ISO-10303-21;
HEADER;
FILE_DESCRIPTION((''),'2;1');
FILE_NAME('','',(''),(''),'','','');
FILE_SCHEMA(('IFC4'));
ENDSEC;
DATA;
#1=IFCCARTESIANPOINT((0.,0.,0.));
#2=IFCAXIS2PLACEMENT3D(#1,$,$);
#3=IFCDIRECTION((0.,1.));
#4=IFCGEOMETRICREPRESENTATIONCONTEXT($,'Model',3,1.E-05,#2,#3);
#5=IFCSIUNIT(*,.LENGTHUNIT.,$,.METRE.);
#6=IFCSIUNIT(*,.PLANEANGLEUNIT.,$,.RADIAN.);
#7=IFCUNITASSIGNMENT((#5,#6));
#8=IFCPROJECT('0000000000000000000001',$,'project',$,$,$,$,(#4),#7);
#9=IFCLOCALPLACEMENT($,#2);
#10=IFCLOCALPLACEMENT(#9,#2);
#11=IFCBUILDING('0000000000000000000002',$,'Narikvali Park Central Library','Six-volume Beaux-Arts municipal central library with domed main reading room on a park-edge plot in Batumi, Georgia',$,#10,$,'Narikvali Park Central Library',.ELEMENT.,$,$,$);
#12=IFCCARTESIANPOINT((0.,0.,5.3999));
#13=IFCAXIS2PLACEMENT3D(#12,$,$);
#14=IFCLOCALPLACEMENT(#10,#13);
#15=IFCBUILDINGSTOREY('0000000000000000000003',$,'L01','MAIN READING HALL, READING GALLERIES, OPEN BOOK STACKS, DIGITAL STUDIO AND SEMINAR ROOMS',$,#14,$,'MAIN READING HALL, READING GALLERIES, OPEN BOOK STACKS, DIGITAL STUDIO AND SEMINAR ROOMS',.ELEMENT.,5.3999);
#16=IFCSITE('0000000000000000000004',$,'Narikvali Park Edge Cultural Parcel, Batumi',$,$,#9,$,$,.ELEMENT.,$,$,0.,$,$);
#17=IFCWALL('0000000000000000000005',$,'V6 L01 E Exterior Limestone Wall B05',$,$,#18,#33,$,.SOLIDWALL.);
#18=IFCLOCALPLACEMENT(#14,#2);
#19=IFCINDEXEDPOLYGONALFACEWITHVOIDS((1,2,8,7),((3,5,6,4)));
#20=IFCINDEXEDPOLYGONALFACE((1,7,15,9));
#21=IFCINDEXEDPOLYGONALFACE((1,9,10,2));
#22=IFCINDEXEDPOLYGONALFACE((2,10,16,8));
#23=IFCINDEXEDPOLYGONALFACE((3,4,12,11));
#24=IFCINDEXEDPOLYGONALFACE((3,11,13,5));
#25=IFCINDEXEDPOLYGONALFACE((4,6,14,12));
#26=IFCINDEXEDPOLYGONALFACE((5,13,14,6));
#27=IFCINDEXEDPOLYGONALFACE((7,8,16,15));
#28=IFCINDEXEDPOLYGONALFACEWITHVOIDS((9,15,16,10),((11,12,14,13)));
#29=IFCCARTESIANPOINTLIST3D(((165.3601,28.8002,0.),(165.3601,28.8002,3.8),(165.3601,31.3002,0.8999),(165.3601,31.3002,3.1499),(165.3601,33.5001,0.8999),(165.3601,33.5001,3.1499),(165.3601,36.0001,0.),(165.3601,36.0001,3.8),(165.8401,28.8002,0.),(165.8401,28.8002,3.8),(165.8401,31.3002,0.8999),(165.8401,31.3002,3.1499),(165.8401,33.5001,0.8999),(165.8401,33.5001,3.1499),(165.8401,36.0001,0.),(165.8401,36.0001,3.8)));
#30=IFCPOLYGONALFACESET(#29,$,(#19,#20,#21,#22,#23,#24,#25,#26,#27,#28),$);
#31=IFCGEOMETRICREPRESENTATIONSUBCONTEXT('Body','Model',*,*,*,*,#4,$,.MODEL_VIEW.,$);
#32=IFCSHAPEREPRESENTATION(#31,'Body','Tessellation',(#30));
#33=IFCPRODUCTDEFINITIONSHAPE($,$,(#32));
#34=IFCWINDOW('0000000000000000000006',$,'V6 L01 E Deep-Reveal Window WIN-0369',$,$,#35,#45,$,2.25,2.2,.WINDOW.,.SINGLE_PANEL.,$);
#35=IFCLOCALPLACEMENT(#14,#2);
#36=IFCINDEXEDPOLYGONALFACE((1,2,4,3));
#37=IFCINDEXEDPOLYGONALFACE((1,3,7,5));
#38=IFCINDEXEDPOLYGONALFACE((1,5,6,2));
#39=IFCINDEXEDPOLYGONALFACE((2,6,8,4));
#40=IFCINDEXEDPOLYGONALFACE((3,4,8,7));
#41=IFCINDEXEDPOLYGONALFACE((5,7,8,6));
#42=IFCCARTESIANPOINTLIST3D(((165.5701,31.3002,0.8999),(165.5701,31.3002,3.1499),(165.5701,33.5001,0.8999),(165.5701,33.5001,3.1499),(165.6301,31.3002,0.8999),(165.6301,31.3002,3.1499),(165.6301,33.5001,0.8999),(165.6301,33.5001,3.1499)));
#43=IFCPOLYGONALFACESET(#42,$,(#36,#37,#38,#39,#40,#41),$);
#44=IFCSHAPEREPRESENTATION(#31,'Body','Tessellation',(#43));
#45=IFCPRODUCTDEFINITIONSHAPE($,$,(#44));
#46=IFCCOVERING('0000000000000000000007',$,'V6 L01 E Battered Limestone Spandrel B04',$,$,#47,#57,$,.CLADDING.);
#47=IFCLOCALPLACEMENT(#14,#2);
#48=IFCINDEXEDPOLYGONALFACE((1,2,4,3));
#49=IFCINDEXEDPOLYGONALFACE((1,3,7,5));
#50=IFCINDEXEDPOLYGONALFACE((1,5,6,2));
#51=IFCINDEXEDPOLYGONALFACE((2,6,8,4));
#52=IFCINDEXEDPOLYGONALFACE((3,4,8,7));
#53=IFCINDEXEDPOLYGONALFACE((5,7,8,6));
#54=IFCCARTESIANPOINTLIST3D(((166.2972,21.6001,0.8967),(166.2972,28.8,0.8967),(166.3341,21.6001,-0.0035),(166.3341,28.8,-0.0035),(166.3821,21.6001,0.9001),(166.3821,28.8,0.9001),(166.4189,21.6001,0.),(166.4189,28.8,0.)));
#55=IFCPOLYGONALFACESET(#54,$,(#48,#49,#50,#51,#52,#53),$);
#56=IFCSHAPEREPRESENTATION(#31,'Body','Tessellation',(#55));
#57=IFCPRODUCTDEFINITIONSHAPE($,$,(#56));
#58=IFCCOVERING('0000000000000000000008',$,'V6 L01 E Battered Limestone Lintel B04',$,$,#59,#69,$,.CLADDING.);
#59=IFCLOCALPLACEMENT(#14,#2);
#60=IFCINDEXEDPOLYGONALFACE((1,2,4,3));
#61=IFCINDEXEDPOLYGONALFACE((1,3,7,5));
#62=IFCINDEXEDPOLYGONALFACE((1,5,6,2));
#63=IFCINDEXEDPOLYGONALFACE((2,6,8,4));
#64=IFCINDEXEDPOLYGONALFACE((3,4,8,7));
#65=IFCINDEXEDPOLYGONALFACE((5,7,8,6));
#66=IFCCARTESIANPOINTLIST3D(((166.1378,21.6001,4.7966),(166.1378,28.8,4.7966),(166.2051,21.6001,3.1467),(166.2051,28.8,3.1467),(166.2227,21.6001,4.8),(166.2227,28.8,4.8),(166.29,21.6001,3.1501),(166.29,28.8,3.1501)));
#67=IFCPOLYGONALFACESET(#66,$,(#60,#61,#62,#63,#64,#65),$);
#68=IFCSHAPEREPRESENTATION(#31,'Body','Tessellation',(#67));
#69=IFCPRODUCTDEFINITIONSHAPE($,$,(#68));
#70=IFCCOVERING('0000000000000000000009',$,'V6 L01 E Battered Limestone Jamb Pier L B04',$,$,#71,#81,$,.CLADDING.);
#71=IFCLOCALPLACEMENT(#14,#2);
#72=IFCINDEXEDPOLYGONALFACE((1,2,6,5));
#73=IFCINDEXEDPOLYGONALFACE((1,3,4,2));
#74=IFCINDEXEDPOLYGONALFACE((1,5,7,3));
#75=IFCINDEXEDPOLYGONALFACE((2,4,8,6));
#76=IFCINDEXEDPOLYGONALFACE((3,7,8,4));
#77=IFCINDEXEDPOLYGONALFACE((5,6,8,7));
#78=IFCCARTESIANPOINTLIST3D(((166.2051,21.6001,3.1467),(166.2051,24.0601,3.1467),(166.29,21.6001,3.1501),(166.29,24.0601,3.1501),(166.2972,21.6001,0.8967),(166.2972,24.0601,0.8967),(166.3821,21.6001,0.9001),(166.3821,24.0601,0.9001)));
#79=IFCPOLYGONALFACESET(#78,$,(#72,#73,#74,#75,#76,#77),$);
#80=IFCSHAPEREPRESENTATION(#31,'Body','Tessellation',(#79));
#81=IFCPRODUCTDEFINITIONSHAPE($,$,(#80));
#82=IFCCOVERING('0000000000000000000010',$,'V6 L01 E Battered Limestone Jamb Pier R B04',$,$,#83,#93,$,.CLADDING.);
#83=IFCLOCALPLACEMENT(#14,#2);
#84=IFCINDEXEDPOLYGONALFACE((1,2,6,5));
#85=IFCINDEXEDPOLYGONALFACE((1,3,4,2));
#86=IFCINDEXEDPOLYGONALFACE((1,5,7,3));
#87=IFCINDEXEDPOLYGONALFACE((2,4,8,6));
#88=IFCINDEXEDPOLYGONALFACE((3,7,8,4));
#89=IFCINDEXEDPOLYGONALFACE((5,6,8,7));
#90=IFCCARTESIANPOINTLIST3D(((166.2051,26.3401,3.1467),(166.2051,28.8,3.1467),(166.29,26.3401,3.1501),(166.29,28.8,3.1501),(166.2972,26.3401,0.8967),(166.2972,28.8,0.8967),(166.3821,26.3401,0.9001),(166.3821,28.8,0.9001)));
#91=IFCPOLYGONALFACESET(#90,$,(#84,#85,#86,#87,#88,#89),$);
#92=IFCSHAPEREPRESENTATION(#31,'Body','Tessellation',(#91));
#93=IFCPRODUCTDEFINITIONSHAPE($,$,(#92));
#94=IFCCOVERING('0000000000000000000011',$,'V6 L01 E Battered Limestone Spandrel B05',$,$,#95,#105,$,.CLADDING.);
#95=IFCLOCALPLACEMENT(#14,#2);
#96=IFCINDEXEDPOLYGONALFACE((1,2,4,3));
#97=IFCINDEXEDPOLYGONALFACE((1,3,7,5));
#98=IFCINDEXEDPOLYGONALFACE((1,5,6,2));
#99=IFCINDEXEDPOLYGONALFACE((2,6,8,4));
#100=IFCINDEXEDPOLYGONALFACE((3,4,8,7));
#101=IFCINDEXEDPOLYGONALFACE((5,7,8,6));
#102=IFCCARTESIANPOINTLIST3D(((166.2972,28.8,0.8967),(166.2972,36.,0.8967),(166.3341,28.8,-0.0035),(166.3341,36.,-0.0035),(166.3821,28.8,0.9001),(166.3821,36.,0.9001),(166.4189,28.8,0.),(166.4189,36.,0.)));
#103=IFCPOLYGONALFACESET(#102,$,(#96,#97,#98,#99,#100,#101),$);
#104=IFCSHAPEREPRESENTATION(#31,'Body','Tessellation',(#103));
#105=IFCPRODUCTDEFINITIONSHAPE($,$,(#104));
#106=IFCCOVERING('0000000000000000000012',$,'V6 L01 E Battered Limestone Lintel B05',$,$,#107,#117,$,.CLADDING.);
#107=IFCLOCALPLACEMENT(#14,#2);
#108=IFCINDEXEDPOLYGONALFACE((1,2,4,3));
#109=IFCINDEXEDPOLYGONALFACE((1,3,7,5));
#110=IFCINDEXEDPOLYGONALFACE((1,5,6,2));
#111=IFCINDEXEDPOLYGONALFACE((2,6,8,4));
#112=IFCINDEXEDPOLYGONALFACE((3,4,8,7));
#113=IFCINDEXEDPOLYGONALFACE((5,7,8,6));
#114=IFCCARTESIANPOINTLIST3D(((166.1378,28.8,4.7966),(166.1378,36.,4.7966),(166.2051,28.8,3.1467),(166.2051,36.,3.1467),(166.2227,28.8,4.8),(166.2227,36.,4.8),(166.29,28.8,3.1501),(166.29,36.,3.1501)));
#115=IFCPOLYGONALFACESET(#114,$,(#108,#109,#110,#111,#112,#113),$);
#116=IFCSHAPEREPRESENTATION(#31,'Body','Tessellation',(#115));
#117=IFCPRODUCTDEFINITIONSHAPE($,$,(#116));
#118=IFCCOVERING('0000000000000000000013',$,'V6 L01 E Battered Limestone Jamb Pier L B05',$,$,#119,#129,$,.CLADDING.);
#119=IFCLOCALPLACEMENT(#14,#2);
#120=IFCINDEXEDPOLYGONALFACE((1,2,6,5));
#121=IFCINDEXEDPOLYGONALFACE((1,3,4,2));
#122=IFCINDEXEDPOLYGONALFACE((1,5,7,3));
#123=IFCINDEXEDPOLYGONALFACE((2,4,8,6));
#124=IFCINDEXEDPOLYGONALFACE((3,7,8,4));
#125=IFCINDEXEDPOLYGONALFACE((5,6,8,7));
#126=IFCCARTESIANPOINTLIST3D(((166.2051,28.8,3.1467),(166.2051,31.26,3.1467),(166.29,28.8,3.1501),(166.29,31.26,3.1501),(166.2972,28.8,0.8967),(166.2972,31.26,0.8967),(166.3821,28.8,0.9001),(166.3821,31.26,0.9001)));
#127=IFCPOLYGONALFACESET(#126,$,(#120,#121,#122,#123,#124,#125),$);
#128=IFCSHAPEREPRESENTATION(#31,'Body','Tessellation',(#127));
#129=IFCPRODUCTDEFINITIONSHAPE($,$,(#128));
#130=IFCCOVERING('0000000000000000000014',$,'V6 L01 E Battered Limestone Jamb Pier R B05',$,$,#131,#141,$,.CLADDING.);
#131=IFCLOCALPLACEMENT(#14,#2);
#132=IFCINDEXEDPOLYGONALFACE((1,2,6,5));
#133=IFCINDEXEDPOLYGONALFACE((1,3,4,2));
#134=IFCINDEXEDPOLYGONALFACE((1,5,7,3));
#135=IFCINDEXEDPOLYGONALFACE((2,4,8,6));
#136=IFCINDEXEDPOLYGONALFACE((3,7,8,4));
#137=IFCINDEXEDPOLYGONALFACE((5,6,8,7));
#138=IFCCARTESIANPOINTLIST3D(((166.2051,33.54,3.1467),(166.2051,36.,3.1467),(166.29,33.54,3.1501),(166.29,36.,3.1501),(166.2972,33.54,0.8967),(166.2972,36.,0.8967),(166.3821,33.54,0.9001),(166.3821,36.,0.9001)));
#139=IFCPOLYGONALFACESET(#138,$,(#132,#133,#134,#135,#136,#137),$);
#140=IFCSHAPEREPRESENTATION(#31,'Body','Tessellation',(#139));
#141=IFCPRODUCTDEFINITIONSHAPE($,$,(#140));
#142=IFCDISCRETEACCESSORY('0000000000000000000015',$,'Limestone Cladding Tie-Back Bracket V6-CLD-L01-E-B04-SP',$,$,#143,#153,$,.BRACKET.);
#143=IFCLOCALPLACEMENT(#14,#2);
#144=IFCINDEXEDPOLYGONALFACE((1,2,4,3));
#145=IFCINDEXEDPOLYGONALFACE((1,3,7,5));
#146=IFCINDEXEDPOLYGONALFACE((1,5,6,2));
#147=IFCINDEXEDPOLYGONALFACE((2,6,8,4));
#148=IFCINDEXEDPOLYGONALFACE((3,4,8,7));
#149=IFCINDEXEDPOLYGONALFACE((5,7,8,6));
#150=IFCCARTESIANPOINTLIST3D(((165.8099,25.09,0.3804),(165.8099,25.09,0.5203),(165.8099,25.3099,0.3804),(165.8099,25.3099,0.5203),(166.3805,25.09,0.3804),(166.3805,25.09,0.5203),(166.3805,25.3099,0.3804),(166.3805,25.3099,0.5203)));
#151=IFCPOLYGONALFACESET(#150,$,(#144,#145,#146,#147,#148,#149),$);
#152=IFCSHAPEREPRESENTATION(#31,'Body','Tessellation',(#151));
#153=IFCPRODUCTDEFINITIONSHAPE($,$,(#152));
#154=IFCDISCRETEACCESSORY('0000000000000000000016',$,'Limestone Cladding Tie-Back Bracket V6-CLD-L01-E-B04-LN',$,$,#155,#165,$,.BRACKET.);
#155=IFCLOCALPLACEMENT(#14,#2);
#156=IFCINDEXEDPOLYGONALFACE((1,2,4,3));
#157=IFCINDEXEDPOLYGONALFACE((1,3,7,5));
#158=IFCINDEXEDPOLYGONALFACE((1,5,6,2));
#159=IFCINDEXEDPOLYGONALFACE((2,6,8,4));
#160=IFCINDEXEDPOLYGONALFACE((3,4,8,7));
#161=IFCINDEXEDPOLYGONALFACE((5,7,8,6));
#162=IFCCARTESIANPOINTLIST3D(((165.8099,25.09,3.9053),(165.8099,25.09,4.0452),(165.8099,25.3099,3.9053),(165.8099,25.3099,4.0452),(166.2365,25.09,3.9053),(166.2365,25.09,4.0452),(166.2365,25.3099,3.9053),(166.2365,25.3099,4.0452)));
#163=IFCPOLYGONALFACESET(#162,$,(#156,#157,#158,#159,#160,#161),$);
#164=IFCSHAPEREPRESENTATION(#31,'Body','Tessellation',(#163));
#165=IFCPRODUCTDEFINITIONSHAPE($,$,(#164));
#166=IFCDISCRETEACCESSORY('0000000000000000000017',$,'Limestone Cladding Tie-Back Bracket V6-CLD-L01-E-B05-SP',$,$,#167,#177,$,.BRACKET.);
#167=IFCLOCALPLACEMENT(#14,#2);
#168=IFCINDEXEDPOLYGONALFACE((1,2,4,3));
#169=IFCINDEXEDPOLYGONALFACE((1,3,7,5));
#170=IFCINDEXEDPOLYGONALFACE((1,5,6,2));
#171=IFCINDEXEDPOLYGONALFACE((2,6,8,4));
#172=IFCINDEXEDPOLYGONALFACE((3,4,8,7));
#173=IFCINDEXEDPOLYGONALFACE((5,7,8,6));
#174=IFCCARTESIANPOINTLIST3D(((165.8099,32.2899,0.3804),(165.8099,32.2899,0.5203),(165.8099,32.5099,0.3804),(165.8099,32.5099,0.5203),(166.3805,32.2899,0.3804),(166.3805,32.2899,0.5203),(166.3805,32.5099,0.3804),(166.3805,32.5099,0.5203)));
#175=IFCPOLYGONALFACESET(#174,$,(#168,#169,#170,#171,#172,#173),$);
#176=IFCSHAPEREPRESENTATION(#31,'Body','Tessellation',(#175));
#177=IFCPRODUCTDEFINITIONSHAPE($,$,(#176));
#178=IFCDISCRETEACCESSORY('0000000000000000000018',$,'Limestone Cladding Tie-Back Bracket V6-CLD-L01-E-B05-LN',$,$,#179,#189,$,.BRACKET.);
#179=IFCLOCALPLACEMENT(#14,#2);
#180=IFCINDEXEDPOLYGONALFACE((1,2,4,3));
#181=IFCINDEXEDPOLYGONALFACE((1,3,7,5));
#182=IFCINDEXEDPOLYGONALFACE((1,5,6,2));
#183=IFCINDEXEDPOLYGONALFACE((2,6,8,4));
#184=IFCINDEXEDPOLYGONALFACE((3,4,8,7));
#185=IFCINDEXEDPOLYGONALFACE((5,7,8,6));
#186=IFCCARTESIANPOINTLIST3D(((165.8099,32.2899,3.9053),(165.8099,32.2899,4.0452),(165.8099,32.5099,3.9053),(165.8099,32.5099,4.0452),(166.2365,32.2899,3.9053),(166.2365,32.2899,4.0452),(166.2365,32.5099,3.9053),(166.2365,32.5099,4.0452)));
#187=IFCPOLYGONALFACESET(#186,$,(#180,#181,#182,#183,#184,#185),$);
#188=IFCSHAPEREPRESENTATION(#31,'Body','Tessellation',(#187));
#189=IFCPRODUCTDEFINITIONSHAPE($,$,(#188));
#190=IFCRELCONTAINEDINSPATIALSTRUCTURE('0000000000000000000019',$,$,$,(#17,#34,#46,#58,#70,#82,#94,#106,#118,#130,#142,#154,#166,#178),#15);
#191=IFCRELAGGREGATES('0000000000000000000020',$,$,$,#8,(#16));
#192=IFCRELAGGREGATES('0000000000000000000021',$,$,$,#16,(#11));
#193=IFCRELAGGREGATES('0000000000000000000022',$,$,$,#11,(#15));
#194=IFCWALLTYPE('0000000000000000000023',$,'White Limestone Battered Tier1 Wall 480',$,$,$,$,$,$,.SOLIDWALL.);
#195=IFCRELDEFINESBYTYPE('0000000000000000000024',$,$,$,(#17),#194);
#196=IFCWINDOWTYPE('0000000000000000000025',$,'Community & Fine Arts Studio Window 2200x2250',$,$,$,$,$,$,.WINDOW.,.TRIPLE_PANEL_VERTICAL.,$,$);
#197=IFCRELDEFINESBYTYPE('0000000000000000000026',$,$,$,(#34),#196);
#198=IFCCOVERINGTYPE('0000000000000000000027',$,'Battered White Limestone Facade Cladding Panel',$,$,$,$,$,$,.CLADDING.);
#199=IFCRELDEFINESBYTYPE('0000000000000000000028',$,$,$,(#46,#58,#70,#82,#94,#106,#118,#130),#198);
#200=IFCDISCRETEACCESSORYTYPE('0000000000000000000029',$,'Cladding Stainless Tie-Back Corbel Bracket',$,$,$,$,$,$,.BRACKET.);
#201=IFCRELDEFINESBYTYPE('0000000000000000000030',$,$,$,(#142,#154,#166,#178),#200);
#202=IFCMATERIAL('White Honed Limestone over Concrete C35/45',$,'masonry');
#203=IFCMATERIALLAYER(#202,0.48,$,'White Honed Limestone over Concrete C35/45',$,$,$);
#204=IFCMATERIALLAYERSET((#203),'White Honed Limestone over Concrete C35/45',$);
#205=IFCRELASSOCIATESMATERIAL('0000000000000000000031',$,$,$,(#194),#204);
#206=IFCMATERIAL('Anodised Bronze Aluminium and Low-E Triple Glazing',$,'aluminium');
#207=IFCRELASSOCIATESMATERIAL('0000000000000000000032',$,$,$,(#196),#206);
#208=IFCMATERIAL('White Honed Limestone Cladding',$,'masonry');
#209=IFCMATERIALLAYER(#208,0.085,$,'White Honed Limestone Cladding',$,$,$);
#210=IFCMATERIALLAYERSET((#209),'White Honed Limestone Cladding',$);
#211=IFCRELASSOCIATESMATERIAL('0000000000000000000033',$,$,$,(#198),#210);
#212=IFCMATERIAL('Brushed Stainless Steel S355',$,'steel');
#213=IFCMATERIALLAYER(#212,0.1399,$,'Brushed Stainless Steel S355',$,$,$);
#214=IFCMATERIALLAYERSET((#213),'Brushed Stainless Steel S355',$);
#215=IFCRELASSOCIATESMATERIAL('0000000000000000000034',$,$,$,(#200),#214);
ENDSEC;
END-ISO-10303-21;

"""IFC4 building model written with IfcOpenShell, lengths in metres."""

from ifc_helpers import new_model, si_unit, direction, frame, frame_2d, origin, origin_2d, place, context, subcontext, project, spatial, polyline, rectangle, outline, extrude, material, layer, layer_set, type_object, element, fill, save


model = new_model("IFC4")

# Units and contexts
model_context = context("Model", 3, precision=1e-05, world=origin(), true_north=direction((0.0, 1.0)))
body_context = subcontext(model_context, "Body", "Model", "MODEL_VIEW")
ifc_project = project(units=[si_unit("LENGTHUNIT", "METRE"), si_unit("PLANEANGLEUNIT", "RADIAN")], contexts=[model_context])

# Site, building, storey
site_placement = place(None, origin())
site = spatial("IfcSite", under=ifc_project, at=site_placement, Name="Narikvali Park Edge Cultural Parcel, Batumi", CompositionType="ELEMENT", RefElevation=0.0)
building_placement = place(site_placement, origin())
building = spatial("IfcBuilding", under=site, at=building_placement, Name="Narikvali Park Central Library", Description="Six-volume Beaux-Arts municipal central library with domed main reading room on a park-edge plot in Batumi, Georgia", LongName="Narikvali Park Central Library", CompositionType="ELEMENT")
storey_placement = place(building_placement, frame((0.0, 0.0, 5.3999)))
storey = spatial("IfcBuildingStorey", under=building, at=storey_placement, Name="L01", Description="MAIN READING HALL, READING GALLERIES, OPEN BOOK STACKS, DIGITAL STUDIO AND SEMINAR ROOMS", LongName="MAIN READING HALL, READING GALLERIES, OPEN BOOK STACKS, DIGITAL STUDIO AND SEMINAR ROOMS", CompositionType="ELEMENT", Elevation=5.3999)

# Wall, opening, window
ifc_material_1 = material(Name="White Honed Limestone over Concrete C35/45", Category="masonry")
ifc_layer_1 = layer(ifc_material_1, 0.48, Name="White Honed Limestone over Concrete C35/45")
ifc_layer_set_1 = layer_set([ifc_layer_1], Name="White Honed Limestone over Concrete C35/45")
wall_type_1 = type_object("IfcWallType", Name="White Limestone Battered Tier1 Wall 480", PredefinedType="SOLIDWALL", material=ifc_layer_set_1)
ifc_material_2 = material(Name="Anodised Bronze Aluminium and Low-E Triple Glazing", Category="aluminium")
window_type = type_object("IfcWindowType", Name="Community & Fine Arts Studio Window 2200x2250", PartitioningType="TRIPLE_PANEL_VERTICAL", PredefinedType="WINDOW", material=ifc_material_2)
wall_1_placement = place(storey_placement, frame((165.6001, 28.8, 0.0), z_axis=(0.0, 0.0, 1.0), x_axis=(0.0, 1.0, 0.0)))
wall_1 = element("IfcWall", 1, at=wall_1_placement, inside=storey, type_object=wall_type_1, Name="V6 L01 E Exterior Limestone Wall B05", PredefinedType="SOLIDWALL", context=body_context, shape_type="SweptSolid", body=[
    extrude(rectangle(XDim=7.2, YDim=0.48, at=frame_2d((3.6001, 0.0))), origin(), (0.0, 0.0, 1.0), 3.8),
])
opening_1_placement = place(wall_1_placement, frame((2.5, 0.0, 0.8999)))
opening_1 = element("IfcOpeningElement", 2, at=opening_1_placement, cuts=wall_1, PredefinedType="OPENING", context=body_context, shape_type="SweptSolid", body=[
    extrude(rectangle(XDim=2.2, YDim=2.25, at=frame_2d((1.1001, 1.125))), frame((0.0, 0.252, 0.0), z_axis=(0.0, -1.0, 0.0), x_axis=(1.0, 0.0, 0.0)), (0.0, 0.0, 1.0), 0.5039),
])
window_1_placement = place(opening_1_placement, origin())
window_1 = element("IfcWindow", 3, at=window_1_placement, inside=storey, type_object=window_type, Name="V6 L01 E Deep-Reveal Window WIN-0369", OverallHeight=2.25, OverallWidth=2.2, PartitioningType="SINGLE_PANEL", PredefinedType="WINDOW", context=body_context, shape_type="SweptSolid", body=[
    extrude(rectangle(XDim=2.2, YDim=2.25, at=frame_2d((1.1001, 1.125))), frame((0.0, 0.03, 0.0), z_axis=(0.0, -1.0, 0.0), x_axis=(1.0, 0.0, 0.0)), (0.0, 0.0, 1.0), 0.0601),
])
fill(opening_1, window_1)

# Coverings
ifc_material_3 = material(Name="White Honed Limestone Cladding", Category="masonry")
ifc_layer_2 = layer(ifc_material_3, 0.085, Name="White Honed Limestone Cladding")
ifc_layer_set_2 = layer_set([ifc_layer_2], Name="White Honed Limestone Cladding")
covering_type = type_object("IfcCoveringType", Name="Battered White Limestone Facade Cladding Panel", PredefinedType="CLADDING", material=ifc_layer_set_2)
covering_1_placement = place(storey_placement, frame((166.4189, 21.6001, 0.0), z_axis=(0.999162, 0.0, 0.04092), x_axis=(0.0, 1.0, 0.0)))
element("IfcCovering", 4, at=covering_1_placement, inside=storey, type_object=covering_type, Name="V6 L01 E Battered Limestone Spandrel B04", PredefinedType="CLADDING", context=body_context, shape_type="SweptSolid", body=[
    extrude(outline(polyline([(0.0, 0.0), (7.2, 0.0), (7.2, 0.9009), (0.0, 0.9009), (0.0, 0.0)])), origin(), (0.0, 0.0, -1.0), 0.085),
])
covering_2_placement = place(storey_placement, frame((166.29, 21.6001, 3.1501), z_axis=(0.999167, 0.0, 0.040806), x_axis=(0.0, 1.0, 0.0)))
element("IfcCovering", 5, at=covering_2_placement, inside=storey, type_object=covering_type, Name="V6 L01 E Battered Limestone Lintel B04", PredefinedType="CLADDING", context=body_context, shape_type="SweptSolid", body=[
    extrude(outline(polyline([(0.0, 0.0), (7.2, 0.0), (7.2, 1.6513), (0.0, 1.6513), (0.0, 0.0)])), origin(), (0.0, 0.0, -1.0), 0.085),
])
for number, where, z_axis, x_axis, name in (
    (6, (166.3821, 21.6001, 0.9001), (0.999164, 0.0, 0.040873), (0.0, 1.0, 0.0), "V6 L01 E Battered Limestone Jamb Pier L B04"),
    (7, (166.3821, 26.3401, 0.9001), (0.999164, 0.0, 0.040873), (0.0, 1.0, 0.0), "V6 L01 E Battered Limestone Jamb Pier R B04"),
):
    element("IfcCovering", number, at=place(storey_placement, frame(where, z_axis=z_axis, x_axis=x_axis)), inside=storey, type_object=covering_type, Name=name, PredefinedType="CLADDING", context=body_context, shape_type="SweptSolid", body=[
        extrude(outline(polyline([(0.0, 0.0), (2.46, 0.0), (2.46, 2.2519), (0.0, 2.2519), (0.0, 0.0)])), origin(), (0.0, 0.0, -1.0), 0.085),
    ])
covering_3_placement = place(storey_placement, frame((166.4189, 28.8, 0.0), z_axis=(0.999162, 0.0, 0.04092), x_axis=(0.0, 1.0, 0.0)))
element("IfcCovering", 8, at=covering_3_placement, inside=storey, type_object=covering_type, Name="V6 L01 E Battered Limestone Spandrel B05", PredefinedType="CLADDING", context=body_context, shape_type="SweptSolid", body=[
    extrude(outline(polyline([(0.0, 0.0), (7.2, 0.0), (7.2, 0.9009), (0.0, 0.9009), (0.0, 0.0)])), origin(), (0.0, 0.0, -1.0), 0.085),
])
covering_4_placement = place(storey_placement, frame((166.29, 28.8, 3.1501), z_axis=(0.999167, 0.0, 0.040806), x_axis=(0.0, 1.0, 0.0)))
element("IfcCovering", 9, at=covering_4_placement, inside=storey, type_object=covering_type, Name="V6 L01 E Battered Limestone Lintel B05", PredefinedType="CLADDING", context=body_context, shape_type="SweptSolid", body=[
    extrude(outline(polyline([(0.0, 0.0), (7.2, 0.0), (7.2, 1.6513), (0.0, 1.6513), (0.0, 0.0)])), origin(), (0.0, 0.0, -1.0), 0.085),
])
for number, where, z_axis, x_axis, name in (
    (10, (166.3821, 28.8, 0.9001), (0.999164, 0.0, 0.040873), (0.0, 1.0, 0.0), "V6 L01 E Battered Limestone Jamb Pier L B05"),
    (11, (166.3821, 33.54, 0.9001), (0.999164, 0.0, 0.040873), (0.0, 1.0, 0.0), "V6 L01 E Battered Limestone Jamb Pier R B05"),
):
    element("IfcCovering", number, at=place(storey_placement, frame(where, z_axis=z_axis, x_axis=x_axis)), inside=storey, type_object=covering_type, Name=name, PredefinedType="CLADDING", context=body_context, shape_type="SweptSolid", body=[
        extrude(outline(polyline([(0.0, 0.0), (2.46, 0.0), (2.46, 2.2519), (0.0, 2.2519), (0.0, 0.0)])), origin(), (0.0, 0.0, -1.0), 0.085),
    ])

# Discrete accessories
ifc_material_4 = material(Name="Brushed Stainless Steel S355", Category="steel")
ifc_layer_3 = layer(ifc_material_4, 0.1399, Name="Brushed Stainless Steel S355")
ifc_layer_set_3 = layer_set([ifc_layer_3], Name="Brushed Stainless Steel S355")
discrete_accessory_type = type_object("IfcDiscreteAccessoryType", Name="Cladding Stainless Tie-Back Corbel Bracket", PredefinedType="BRACKET", material=ifc_layer_set_3)
discrete_accessory_1_placement = place(storey_placement, frame((166.0952, 25.2, 0.3804), z_axis=(0.0, 0.0, 1.0), x_axis=(1.0, 0.0, 0.0)))
element("IfcDiscreteAccessory", 12, at=discrete_accessory_1_placement, inside=storey, type_object=discrete_accessory_type, Name="Limestone Cladding Tie-Back Bracket V6-CLD-L01-E-B04-SP", PredefinedType="BRACKET", context=body_context, shape_type="SweptSolid", body=[
    extrude(rectangle(XDim=0.5706, YDim=0.22, at=origin_2d()), origin(), (0.0, 0.0, 1.0), 0.1399),
])
discrete_accessory_2_placement = place(storey_placement, frame((166.0232, 25.2, 3.9053), z_axis=(0.0, 0.0, 1.0), x_axis=(1.0, 0.0, 0.0)))
element("IfcDiscreteAccessory", 13, at=discrete_accessory_2_placement, inside=storey, type_object=discrete_accessory_type, Name="Limestone Cladding Tie-Back Bracket V6-CLD-L01-E-B04-LN", PredefinedType="BRACKET", context=body_context, shape_type="SweptSolid", body=[
    extrude(rectangle(XDim=0.4265, YDim=0.22, at=origin_2d()), origin(), (0.0, 0.0, 1.0), 0.1399),
])
discrete_accessory_3_placement = place(storey_placement, frame((166.0952, 32.3999, 0.3804), z_axis=(0.0, 0.0, 1.0), x_axis=(1.0, 0.0, 0.0)))
element("IfcDiscreteAccessory", 14, at=discrete_accessory_3_placement, inside=storey, type_object=discrete_accessory_type, Name="Limestone Cladding Tie-Back Bracket V6-CLD-L01-E-B05-SP", PredefinedType="BRACKET", context=body_context, shape_type="SweptSolid", body=[
    extrude(rectangle(XDim=0.5706, YDim=0.22, at=origin_2d()), origin(), (0.0, 0.0, 1.0), 0.1399),
])
discrete_accessory_4_placement = place(storey_placement, frame((166.0232, 32.3999, 3.9053), z_axis=(0.0, 0.0, 1.0), x_axis=(1.0, 0.0, 0.0)))
element("IfcDiscreteAccessory", 15, at=discrete_accessory_4_placement, inside=storey, type_object=discrete_accessory_type, Name="Limestone Cladding Tie-Back Bracket V6-CLD-L01-E-B05-LN", PredefinedType="BRACKET", context=body_context, shape_type="SweptSolid", body=[
    extrude(rectangle(XDim=0.4265, YDim=0.22, at=origin_2d()), origin(), (0.0, 0.0, 1.0), 0.1399),
])

save(model, "model.ifc")
